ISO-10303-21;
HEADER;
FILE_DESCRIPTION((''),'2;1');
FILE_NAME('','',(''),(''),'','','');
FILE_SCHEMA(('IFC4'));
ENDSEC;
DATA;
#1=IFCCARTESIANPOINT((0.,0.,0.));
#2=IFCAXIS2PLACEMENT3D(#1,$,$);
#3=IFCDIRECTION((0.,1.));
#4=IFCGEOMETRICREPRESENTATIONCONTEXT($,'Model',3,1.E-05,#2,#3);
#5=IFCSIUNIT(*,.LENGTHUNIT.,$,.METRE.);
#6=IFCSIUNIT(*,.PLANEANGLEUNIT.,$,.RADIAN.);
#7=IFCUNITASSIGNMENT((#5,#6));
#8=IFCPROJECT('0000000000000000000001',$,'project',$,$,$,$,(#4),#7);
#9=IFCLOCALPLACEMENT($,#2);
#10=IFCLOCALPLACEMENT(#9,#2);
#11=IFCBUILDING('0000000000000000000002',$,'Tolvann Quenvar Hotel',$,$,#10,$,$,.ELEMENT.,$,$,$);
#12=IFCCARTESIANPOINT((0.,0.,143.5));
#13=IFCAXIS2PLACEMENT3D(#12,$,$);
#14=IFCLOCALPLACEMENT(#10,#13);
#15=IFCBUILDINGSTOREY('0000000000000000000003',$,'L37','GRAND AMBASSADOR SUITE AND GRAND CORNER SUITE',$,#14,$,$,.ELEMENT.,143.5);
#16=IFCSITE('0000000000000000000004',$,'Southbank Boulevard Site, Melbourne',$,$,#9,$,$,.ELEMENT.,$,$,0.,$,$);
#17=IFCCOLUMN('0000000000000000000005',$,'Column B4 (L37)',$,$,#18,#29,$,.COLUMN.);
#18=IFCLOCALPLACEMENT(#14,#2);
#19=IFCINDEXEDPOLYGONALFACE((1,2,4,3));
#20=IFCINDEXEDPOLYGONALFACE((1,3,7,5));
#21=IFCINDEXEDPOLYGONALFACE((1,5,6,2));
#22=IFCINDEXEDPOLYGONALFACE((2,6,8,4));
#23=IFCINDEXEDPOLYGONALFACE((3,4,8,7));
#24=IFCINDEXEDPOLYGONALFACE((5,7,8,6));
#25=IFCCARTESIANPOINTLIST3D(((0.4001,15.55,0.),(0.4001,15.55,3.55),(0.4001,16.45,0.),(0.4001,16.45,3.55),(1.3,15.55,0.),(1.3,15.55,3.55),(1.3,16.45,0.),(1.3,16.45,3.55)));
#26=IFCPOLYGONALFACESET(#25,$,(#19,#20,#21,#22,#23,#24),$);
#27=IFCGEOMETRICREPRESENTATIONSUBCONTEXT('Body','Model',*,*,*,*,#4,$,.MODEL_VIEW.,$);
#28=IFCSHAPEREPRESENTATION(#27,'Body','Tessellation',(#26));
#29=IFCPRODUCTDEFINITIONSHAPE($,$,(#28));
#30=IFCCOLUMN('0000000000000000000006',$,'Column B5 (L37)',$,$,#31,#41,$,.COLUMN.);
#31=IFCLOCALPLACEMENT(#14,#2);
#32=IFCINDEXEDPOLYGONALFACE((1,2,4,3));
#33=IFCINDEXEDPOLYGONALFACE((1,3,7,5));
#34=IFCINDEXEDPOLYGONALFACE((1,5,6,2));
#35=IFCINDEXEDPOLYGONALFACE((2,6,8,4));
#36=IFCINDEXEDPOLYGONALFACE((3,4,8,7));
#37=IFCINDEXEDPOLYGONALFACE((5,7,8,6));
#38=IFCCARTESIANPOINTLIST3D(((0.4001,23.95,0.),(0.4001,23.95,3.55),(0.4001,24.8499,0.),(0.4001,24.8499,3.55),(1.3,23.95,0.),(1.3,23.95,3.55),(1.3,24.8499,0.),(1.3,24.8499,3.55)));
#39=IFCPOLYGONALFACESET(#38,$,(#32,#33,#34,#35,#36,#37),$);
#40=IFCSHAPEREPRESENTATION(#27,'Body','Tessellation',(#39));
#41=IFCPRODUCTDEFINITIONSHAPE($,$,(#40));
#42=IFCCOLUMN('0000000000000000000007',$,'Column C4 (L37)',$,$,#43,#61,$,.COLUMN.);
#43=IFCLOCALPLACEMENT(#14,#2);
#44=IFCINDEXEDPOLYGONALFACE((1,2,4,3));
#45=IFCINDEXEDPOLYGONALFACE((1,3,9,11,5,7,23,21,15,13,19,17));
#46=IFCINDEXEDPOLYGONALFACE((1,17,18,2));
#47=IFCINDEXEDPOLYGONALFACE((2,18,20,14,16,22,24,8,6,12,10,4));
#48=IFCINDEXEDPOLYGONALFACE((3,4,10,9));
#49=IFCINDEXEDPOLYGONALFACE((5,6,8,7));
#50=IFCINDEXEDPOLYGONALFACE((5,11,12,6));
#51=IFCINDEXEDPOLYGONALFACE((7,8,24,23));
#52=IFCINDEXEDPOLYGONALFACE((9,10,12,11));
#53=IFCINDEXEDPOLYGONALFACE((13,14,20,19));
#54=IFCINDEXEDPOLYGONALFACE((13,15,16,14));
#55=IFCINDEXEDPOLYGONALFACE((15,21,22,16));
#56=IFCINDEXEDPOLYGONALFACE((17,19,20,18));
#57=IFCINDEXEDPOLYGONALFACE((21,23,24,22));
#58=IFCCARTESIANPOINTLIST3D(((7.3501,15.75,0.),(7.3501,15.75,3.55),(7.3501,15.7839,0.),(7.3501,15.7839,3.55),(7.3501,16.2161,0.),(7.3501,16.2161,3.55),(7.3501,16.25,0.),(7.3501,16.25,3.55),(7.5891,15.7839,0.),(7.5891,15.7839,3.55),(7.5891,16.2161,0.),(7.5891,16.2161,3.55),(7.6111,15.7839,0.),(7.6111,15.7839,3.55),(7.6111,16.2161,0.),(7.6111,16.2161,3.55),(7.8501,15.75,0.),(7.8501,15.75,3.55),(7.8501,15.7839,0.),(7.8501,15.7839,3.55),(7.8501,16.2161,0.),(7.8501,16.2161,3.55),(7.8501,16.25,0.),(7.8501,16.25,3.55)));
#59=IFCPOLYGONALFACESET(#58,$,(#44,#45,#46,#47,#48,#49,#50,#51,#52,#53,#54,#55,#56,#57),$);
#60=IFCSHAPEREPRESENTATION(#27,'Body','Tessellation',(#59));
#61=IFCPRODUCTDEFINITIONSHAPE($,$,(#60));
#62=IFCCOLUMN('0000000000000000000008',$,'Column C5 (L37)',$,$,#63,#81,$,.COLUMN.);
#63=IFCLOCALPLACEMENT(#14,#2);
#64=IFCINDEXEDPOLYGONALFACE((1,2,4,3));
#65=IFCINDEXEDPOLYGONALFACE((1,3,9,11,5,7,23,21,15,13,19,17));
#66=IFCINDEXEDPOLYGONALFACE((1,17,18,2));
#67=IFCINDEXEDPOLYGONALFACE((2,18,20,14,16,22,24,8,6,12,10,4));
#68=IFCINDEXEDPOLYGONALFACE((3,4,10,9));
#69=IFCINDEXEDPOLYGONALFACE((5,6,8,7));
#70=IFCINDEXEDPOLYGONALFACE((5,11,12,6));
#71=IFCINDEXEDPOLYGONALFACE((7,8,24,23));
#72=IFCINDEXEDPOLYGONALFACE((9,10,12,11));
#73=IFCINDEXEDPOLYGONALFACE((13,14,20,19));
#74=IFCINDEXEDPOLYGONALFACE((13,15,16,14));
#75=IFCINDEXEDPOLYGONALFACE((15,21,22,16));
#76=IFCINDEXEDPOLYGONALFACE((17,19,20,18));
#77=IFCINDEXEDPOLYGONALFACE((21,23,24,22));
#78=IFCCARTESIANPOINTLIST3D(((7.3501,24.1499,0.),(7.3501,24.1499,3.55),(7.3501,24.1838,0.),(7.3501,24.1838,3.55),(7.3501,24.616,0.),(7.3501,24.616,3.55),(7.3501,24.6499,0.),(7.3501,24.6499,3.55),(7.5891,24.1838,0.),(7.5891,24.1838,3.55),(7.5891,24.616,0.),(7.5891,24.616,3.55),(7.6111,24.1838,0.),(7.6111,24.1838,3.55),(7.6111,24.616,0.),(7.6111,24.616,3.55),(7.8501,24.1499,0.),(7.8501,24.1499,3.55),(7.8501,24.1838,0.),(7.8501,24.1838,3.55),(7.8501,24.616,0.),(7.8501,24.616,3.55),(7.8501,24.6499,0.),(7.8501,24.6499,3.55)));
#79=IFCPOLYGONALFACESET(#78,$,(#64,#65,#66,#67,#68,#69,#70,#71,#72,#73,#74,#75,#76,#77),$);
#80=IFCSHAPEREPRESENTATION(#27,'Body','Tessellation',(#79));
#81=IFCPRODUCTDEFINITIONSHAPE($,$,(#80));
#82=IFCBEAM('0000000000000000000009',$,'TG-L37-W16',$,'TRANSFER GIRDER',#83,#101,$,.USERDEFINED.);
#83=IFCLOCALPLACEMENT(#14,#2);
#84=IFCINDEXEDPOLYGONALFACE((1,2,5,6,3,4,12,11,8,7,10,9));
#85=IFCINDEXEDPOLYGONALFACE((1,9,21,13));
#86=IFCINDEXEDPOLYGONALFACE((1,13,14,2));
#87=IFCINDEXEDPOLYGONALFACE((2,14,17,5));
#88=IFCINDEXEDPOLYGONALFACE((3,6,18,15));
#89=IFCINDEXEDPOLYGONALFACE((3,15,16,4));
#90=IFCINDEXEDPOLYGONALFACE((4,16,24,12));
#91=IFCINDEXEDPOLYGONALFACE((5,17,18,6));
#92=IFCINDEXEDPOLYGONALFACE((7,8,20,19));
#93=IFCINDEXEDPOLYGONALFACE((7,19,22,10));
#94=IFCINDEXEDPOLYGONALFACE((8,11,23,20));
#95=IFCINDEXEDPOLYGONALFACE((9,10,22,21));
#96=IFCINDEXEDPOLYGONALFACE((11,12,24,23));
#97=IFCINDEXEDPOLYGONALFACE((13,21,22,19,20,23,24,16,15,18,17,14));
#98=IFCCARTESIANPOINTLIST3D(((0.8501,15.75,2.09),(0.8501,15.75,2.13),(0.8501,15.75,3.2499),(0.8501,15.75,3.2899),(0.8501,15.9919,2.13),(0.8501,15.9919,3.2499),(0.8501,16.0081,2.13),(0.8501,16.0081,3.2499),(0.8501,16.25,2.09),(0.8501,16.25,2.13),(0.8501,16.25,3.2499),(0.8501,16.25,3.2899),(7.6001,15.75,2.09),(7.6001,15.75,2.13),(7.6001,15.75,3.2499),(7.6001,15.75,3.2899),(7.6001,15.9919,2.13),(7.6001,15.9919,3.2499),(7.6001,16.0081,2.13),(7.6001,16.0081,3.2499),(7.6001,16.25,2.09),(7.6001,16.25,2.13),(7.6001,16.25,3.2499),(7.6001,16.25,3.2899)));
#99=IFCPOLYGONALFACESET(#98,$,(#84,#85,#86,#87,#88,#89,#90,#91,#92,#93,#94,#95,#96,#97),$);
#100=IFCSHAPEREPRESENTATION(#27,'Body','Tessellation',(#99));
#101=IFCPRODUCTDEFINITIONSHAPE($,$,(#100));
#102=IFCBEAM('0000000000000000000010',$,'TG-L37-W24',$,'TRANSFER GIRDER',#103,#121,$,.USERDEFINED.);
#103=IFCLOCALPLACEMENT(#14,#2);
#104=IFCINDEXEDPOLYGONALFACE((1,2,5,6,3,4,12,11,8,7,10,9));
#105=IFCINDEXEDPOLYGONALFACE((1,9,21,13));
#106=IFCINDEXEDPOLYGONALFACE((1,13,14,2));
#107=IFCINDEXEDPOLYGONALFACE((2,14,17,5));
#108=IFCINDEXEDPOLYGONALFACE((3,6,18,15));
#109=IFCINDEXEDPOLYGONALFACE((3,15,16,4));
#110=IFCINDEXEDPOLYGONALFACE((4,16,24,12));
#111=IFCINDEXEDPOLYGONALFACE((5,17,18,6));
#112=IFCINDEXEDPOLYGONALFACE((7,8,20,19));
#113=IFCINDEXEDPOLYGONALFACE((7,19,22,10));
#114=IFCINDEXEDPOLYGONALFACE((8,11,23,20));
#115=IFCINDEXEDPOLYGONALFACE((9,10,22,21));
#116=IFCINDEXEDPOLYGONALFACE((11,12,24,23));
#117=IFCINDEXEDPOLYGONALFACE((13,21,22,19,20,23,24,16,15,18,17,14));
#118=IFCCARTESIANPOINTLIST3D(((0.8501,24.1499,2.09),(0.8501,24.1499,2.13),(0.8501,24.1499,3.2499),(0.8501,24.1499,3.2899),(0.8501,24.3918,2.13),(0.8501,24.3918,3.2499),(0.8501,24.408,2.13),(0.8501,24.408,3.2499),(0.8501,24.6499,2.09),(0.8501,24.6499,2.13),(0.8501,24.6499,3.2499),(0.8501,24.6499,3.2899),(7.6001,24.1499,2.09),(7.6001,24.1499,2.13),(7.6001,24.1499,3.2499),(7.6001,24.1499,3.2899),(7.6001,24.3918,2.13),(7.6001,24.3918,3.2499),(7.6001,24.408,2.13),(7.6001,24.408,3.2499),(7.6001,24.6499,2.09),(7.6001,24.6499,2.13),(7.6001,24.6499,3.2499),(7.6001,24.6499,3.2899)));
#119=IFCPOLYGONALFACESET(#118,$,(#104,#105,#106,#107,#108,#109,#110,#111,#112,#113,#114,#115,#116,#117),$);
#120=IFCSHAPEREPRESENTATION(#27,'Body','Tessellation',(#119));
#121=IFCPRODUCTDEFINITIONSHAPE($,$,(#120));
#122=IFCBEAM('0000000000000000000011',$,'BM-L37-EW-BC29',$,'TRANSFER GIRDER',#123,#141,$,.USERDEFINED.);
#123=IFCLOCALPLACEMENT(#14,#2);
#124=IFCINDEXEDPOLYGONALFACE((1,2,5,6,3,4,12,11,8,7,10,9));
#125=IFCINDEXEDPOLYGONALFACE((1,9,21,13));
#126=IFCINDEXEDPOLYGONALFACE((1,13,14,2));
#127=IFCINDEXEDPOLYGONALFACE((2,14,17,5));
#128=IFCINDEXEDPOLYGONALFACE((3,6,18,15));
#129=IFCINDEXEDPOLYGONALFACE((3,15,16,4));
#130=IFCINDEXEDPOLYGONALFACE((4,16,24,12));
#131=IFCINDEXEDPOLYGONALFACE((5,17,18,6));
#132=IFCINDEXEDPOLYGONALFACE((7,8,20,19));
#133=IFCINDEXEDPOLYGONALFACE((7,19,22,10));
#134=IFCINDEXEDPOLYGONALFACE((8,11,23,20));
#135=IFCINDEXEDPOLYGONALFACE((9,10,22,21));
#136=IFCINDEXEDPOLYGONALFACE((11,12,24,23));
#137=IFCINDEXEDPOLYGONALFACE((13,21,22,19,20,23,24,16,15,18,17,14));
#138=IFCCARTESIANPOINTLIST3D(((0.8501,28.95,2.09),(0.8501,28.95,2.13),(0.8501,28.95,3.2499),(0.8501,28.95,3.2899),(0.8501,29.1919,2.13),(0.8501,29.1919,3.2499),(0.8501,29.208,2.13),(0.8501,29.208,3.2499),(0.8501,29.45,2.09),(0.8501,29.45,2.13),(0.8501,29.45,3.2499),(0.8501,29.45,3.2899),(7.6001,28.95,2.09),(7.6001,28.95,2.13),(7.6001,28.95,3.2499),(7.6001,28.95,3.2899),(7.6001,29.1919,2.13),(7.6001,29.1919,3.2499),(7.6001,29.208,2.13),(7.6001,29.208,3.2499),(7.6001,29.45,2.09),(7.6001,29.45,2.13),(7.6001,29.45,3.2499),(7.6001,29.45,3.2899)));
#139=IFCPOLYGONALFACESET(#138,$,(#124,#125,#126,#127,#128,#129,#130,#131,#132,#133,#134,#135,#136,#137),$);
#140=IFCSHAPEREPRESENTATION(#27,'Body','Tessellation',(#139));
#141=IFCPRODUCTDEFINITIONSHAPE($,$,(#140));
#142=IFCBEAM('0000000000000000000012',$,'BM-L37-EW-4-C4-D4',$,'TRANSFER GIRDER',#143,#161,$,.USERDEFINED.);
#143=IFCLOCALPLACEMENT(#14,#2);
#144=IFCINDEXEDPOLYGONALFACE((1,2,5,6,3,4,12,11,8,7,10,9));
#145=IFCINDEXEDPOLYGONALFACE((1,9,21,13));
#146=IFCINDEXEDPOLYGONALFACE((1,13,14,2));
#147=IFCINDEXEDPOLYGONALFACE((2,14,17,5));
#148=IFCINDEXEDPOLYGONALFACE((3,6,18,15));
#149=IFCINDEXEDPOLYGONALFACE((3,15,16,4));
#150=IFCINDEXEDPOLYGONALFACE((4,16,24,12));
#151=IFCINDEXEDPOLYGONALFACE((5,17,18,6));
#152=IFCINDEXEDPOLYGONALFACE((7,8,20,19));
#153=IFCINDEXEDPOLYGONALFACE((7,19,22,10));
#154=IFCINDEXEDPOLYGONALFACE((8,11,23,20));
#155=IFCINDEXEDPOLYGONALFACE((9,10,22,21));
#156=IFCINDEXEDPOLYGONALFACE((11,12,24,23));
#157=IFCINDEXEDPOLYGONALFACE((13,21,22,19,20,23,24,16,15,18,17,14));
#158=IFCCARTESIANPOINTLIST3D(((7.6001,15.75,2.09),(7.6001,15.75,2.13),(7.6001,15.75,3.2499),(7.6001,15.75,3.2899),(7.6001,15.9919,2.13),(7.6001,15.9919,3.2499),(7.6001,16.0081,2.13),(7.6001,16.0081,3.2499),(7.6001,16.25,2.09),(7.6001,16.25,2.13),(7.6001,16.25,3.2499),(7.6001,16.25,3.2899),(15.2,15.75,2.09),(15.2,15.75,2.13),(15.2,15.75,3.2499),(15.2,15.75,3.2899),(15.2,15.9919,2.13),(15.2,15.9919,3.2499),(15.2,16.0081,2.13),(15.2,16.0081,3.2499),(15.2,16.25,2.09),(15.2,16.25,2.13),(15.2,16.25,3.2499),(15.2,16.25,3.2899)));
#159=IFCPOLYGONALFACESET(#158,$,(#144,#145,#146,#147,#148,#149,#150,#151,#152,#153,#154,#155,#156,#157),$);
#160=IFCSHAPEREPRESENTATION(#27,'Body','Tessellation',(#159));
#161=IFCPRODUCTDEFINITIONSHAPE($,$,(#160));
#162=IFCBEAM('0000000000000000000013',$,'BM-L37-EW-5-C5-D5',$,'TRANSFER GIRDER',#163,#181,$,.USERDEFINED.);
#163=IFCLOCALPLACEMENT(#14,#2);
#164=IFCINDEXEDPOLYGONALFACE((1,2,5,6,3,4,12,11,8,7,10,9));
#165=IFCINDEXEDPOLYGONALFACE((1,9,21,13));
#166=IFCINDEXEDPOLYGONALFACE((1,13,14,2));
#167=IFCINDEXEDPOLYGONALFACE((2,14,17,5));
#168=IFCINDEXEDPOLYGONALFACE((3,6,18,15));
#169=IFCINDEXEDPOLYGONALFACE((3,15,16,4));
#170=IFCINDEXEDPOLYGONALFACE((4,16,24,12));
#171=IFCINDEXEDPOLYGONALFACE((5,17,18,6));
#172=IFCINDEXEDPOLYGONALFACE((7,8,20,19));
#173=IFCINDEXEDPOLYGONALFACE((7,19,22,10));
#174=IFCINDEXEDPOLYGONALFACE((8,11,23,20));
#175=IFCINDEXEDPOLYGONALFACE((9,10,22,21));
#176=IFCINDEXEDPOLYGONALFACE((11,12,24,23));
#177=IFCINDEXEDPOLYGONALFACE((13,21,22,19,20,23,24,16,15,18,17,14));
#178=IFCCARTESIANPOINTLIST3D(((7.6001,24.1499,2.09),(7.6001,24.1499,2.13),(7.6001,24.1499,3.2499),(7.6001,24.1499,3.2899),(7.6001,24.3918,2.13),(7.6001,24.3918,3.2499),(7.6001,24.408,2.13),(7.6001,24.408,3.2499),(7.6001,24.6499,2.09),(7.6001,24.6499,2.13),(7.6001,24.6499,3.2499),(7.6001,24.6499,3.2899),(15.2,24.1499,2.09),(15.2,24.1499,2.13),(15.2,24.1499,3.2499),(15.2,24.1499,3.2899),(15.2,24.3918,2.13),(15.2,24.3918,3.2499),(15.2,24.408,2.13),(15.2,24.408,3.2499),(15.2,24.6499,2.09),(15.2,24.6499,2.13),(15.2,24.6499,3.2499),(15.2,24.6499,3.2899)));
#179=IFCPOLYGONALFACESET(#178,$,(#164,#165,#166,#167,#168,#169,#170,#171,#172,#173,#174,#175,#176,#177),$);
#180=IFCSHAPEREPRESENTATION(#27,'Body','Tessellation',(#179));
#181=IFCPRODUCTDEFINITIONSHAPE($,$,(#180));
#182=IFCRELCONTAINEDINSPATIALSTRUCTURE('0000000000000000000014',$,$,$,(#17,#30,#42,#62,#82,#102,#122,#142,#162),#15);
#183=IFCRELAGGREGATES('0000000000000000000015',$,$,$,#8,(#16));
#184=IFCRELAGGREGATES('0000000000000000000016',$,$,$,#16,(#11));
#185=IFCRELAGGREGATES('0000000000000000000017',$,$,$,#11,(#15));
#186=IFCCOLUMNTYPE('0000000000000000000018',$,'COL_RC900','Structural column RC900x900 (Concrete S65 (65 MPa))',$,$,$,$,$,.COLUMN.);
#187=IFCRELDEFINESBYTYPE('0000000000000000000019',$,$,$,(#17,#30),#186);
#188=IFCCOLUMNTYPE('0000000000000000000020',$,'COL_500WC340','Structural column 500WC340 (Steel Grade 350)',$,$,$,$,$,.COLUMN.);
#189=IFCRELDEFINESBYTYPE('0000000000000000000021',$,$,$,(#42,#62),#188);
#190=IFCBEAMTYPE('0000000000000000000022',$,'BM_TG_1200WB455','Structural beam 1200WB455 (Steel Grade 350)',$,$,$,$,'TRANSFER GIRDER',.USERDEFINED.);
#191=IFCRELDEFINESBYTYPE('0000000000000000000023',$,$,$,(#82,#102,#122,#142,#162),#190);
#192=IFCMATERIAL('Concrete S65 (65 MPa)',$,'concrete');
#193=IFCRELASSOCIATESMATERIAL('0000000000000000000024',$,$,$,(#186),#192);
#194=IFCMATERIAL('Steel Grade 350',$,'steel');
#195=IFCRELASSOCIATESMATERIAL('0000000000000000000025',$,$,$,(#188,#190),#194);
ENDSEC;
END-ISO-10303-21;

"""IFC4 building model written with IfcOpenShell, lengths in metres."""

from ifc_helpers import new_model, si_unit, direction, frame, origin, origin_2d, place, context, subcontext, project, spatial, rectangle, i_section, extrude, source, transform, mapped, material, material_profile, profile_set, type_object, type_shapes, element, save


model = new_model("IFC4")

# Units and contexts
model_context = context("Model", 3, precision=1e-05, world=origin(), true_north=direction((0.0, 1.0)))
body_context = subcontext(model_context, "Body", "Model", "MODEL_VIEW")
ifc_project = project(units=[si_unit("LENGTHUNIT", "METRE"), si_unit("PLANEANGLEUNIT", "RADIAN")], contexts=[model_context])

# Site, building, storey
site_placement = place(None, origin())
site = spatial("IfcSite", under=ifc_project, at=site_placement, Name="Southbank Boulevard Site, Melbourne", CompositionType="ELEMENT", RefElevation=0.0)
building_placement = place(site_placement, origin())
building = spatial("IfcBuilding", under=site, at=building_placement, Name="Tolvann Quenvar Hotel", CompositionType="ELEMENT")
storey_placement = place(building_placement, frame((0.0, 0.0, 143.5)))
storey = spatial("IfcBuildingStorey", under=building, at=storey_placement, Name="L37", Description="GRAND AMBASSADOR SUITE AND GRAND CORNER SUITE", CompositionType="ELEMENT", Elevation=143.5)

# Columns
ifc_material_1 = material(Name="Concrete S65 (65 MPa)", Category="concrete")
ifc_material_profile_1 = material_profile(ifc_material_1, rectangle(XDim=0.8999, YDim=0.8999, at=origin_2d()), Name="RC900x900")
ifc_profile_set_1 = profile_set([ifc_material_profile_1], Name="Concrete S65 (65 MPa)")
column_type_1 = type_object("IfcColumnType", Name="COL_RC900", Description="Structural column RC900x900 (Concrete S65 (65 MPa))", PredefinedType="COLUMN", material=ifc_profile_set_1)
shared_shape_1 = source(origin(), body_context, "Body", "SweptSolid", [
    extrude(rectangle(XDim=0.8999, YDim=0.8999, at=origin_2d()), origin(), (0.0, 0.0, 1.0), 3.55),
])
type_shapes(column_type_1, [shared_shape_1])
for number, where, z_axis, x_axis, name in (
    (1, (0.8501, 16.0, 0.0), (0.0, 0.0, 1.0), (1.0, 0.0, 0.0), "Column B4 (L37)"),
    (2, (0.8501, 24.3999, 0.0), (0.0, 0.0, 1.0), (1.0, 0.0, 0.0), "Column B5 (L37)"),
):
    element("IfcColumn", number, at=place(storey_placement, frame(where, z_axis=z_axis, x_axis=x_axis)), inside=storey, type_object=column_type_1, Name=name, PredefinedType="COLUMN", context=body_context, shape_type="MappedRepresentation", body=[
        mapped(shared_shape_1, transform((0.0, 0.0, 0.0), x_axis=(1.0, 0.0, 0.0), y_axis=(0.0, 1.0, 0.0), z_axis=(0.0, 0.0, 1.0), scale=1.0)),
    ])
ifc_material_2 = material(Name="Steel Grade 350", Category="steel")
ifc_material_profile_2 = material_profile(ifc_material_2, i_section(OverallWidth=0.5, OverallDepth=0.5, WebThickness=0.022, FlangeThickness=0.0339, at=origin_2d()), Name="500WC340")
ifc_profile_set_2 = profile_set([ifc_material_profile_2], Name="Steel Grade 350")
column_type_2 = type_object("IfcColumnType", Name="COL_500WC340", Description="Structural column 500WC340 (Steel Grade 350)", PredefinedType="COLUMN", material=ifc_profile_set_2)
shared_shape_2 = source(origin(), body_context, "Body", "SweptSolid", [
    extrude(i_section(OverallWidth=0.5, OverallDepth=0.5, WebThickness=0.022, FlangeThickness=0.0339, at=origin_2d()), origin(), (0.0, 0.0, 1.0), 3.55),
])
type_shapes(column_type_2, [shared_shape_2])
for number, where, z_axis, x_axis, name in (
    (3, (7.6001, 16.0, 0.0), (0.0, 0.0, 1.0), (1.0, 0.0, 0.0), "Column C4 (L37)"),
    (4, (7.6001, 24.3999, 0.0), (0.0, 0.0, 1.0), (1.0, 0.0, 0.0), "Column C5 (L37)"),
):
    element("IfcColumn", number, at=place(storey_placement, frame(where, z_axis=z_axis, x_axis=x_axis)), inside=storey, type_object=column_type_2, Name=name, PredefinedType="COLUMN", context=body_context, shape_type="MappedRepresentation", body=[
        mapped(shared_shape_2, transform((0.0, 0.0, 0.0), x_axis=(1.0, 0.0, 0.0), y_axis=(0.0, 1.0, 0.0), z_axis=(0.0, 0.0, 1.0), scale=1.0)),
    ])

# Beams
ifc_material_profile_3 = material_profile(ifc_material_2, i_section(OverallWidth=0.5, OverallDepth=1.2, WebThickness=0.0161, FlangeThickness=0.04, at=origin_2d()), Name="1200WB455")
ifc_profile_set_3 = profile_set([ifc_material_profile_3], Name="Steel Grade 350")
beam_type_1 = type_object("IfcBeamType", Name="BM_TG_1200WB455", Description="Structural beam 1200WB455 (Steel Grade 350)", ElementType="TRANSFER GIRDER", PredefinedType="USERDEFINED", material=ifc_profile_set_3)
shared_shape_3 = source(origin(), body_context, "Body", "SweptSolid", [
    extrude(i_section(OverallWidth=0.5, OverallDepth=1.2, WebThickness=0.0161, FlangeThickness=0.04, at=origin_2d()), origin(), (0.0, 0.0, 1.0), 6.75),
])
for number, where, z_axis, x_axis, name in (
    (5, (0.8501, 16.0, 2.6899), (1.0, 0.0, 0.0), (0.0, 1.0, 0.0), "TG-L37-W16"),
    (6, (0.8501, 24.3999, 2.6899), (1.0, 0.0, 0.0), (0.0, 1.0, 0.0), "TG-L37-W24"),
    (7, (0.8501, 29.2, 2.6899), (1.0, 0.0, 0.0), (0.0, 1.0, 0.0), "BM-L37-EW-BC29"),
):
    element("IfcBeam", number, at=place(storey_placement, frame(where, z_axis=z_axis, x_axis=x_axis)), inside=storey, type_object=beam_type_1, Name=name, ObjectType="TRANSFER GIRDER", PredefinedType="USERDEFINED", context=body_context, shape_type="MappedRepresentation", body=[
        mapped(shared_shape_3, transform((0.0, 0.0, 0.0), x_axis=(1.0, 0.0, 0.0), y_axis=(0.0, 1.0, 0.0), z_axis=(0.0, 0.0, 1.0), scale=1.0)),
    ])
shared_shape_4 = source(origin(), body_context, "Body", "SweptSolid", [
    extrude(i_section(OverallWidth=0.5, OverallDepth=1.2, WebThickness=0.0161, FlangeThickness=0.04, at=origin_2d()), origin(), (0.0, 0.0, 1.0), 7.5999),
])
for number, where, z_axis, x_axis, name in (
    (8, (7.6001, 16.0, 2.6899), (1.0, 0.0, 0.0), (0.0, 1.0, 0.0), "BM-L37-EW-4-C4-D4"),
    (9, (7.6001, 24.3999, 2.6899), (1.0, 0.0, 0.0), (0.0, 1.0, 0.0), "BM-L37-EW-5-C5-D5"),
):
    element("IfcBeam", number, at=place(storey_placement, frame(where, z_axis=z_axis, x_axis=x_axis)), inside=storey, type_object=beam_type_1, Name=name, ObjectType="TRANSFER GIRDER", PredefinedType="USERDEFINED", context=body_context, shape_type="MappedRepresentation", body=[
        mapped(shared_shape_4, transform((0.0, 0.0, 0.0), x_axis=(1.0, 0.0, 0.0), y_axis=(0.0, 1.0, 0.0), z_axis=(0.0, 0.0, 1.0), scale=1.0)),
    ])

save(model, "model.ifc")
